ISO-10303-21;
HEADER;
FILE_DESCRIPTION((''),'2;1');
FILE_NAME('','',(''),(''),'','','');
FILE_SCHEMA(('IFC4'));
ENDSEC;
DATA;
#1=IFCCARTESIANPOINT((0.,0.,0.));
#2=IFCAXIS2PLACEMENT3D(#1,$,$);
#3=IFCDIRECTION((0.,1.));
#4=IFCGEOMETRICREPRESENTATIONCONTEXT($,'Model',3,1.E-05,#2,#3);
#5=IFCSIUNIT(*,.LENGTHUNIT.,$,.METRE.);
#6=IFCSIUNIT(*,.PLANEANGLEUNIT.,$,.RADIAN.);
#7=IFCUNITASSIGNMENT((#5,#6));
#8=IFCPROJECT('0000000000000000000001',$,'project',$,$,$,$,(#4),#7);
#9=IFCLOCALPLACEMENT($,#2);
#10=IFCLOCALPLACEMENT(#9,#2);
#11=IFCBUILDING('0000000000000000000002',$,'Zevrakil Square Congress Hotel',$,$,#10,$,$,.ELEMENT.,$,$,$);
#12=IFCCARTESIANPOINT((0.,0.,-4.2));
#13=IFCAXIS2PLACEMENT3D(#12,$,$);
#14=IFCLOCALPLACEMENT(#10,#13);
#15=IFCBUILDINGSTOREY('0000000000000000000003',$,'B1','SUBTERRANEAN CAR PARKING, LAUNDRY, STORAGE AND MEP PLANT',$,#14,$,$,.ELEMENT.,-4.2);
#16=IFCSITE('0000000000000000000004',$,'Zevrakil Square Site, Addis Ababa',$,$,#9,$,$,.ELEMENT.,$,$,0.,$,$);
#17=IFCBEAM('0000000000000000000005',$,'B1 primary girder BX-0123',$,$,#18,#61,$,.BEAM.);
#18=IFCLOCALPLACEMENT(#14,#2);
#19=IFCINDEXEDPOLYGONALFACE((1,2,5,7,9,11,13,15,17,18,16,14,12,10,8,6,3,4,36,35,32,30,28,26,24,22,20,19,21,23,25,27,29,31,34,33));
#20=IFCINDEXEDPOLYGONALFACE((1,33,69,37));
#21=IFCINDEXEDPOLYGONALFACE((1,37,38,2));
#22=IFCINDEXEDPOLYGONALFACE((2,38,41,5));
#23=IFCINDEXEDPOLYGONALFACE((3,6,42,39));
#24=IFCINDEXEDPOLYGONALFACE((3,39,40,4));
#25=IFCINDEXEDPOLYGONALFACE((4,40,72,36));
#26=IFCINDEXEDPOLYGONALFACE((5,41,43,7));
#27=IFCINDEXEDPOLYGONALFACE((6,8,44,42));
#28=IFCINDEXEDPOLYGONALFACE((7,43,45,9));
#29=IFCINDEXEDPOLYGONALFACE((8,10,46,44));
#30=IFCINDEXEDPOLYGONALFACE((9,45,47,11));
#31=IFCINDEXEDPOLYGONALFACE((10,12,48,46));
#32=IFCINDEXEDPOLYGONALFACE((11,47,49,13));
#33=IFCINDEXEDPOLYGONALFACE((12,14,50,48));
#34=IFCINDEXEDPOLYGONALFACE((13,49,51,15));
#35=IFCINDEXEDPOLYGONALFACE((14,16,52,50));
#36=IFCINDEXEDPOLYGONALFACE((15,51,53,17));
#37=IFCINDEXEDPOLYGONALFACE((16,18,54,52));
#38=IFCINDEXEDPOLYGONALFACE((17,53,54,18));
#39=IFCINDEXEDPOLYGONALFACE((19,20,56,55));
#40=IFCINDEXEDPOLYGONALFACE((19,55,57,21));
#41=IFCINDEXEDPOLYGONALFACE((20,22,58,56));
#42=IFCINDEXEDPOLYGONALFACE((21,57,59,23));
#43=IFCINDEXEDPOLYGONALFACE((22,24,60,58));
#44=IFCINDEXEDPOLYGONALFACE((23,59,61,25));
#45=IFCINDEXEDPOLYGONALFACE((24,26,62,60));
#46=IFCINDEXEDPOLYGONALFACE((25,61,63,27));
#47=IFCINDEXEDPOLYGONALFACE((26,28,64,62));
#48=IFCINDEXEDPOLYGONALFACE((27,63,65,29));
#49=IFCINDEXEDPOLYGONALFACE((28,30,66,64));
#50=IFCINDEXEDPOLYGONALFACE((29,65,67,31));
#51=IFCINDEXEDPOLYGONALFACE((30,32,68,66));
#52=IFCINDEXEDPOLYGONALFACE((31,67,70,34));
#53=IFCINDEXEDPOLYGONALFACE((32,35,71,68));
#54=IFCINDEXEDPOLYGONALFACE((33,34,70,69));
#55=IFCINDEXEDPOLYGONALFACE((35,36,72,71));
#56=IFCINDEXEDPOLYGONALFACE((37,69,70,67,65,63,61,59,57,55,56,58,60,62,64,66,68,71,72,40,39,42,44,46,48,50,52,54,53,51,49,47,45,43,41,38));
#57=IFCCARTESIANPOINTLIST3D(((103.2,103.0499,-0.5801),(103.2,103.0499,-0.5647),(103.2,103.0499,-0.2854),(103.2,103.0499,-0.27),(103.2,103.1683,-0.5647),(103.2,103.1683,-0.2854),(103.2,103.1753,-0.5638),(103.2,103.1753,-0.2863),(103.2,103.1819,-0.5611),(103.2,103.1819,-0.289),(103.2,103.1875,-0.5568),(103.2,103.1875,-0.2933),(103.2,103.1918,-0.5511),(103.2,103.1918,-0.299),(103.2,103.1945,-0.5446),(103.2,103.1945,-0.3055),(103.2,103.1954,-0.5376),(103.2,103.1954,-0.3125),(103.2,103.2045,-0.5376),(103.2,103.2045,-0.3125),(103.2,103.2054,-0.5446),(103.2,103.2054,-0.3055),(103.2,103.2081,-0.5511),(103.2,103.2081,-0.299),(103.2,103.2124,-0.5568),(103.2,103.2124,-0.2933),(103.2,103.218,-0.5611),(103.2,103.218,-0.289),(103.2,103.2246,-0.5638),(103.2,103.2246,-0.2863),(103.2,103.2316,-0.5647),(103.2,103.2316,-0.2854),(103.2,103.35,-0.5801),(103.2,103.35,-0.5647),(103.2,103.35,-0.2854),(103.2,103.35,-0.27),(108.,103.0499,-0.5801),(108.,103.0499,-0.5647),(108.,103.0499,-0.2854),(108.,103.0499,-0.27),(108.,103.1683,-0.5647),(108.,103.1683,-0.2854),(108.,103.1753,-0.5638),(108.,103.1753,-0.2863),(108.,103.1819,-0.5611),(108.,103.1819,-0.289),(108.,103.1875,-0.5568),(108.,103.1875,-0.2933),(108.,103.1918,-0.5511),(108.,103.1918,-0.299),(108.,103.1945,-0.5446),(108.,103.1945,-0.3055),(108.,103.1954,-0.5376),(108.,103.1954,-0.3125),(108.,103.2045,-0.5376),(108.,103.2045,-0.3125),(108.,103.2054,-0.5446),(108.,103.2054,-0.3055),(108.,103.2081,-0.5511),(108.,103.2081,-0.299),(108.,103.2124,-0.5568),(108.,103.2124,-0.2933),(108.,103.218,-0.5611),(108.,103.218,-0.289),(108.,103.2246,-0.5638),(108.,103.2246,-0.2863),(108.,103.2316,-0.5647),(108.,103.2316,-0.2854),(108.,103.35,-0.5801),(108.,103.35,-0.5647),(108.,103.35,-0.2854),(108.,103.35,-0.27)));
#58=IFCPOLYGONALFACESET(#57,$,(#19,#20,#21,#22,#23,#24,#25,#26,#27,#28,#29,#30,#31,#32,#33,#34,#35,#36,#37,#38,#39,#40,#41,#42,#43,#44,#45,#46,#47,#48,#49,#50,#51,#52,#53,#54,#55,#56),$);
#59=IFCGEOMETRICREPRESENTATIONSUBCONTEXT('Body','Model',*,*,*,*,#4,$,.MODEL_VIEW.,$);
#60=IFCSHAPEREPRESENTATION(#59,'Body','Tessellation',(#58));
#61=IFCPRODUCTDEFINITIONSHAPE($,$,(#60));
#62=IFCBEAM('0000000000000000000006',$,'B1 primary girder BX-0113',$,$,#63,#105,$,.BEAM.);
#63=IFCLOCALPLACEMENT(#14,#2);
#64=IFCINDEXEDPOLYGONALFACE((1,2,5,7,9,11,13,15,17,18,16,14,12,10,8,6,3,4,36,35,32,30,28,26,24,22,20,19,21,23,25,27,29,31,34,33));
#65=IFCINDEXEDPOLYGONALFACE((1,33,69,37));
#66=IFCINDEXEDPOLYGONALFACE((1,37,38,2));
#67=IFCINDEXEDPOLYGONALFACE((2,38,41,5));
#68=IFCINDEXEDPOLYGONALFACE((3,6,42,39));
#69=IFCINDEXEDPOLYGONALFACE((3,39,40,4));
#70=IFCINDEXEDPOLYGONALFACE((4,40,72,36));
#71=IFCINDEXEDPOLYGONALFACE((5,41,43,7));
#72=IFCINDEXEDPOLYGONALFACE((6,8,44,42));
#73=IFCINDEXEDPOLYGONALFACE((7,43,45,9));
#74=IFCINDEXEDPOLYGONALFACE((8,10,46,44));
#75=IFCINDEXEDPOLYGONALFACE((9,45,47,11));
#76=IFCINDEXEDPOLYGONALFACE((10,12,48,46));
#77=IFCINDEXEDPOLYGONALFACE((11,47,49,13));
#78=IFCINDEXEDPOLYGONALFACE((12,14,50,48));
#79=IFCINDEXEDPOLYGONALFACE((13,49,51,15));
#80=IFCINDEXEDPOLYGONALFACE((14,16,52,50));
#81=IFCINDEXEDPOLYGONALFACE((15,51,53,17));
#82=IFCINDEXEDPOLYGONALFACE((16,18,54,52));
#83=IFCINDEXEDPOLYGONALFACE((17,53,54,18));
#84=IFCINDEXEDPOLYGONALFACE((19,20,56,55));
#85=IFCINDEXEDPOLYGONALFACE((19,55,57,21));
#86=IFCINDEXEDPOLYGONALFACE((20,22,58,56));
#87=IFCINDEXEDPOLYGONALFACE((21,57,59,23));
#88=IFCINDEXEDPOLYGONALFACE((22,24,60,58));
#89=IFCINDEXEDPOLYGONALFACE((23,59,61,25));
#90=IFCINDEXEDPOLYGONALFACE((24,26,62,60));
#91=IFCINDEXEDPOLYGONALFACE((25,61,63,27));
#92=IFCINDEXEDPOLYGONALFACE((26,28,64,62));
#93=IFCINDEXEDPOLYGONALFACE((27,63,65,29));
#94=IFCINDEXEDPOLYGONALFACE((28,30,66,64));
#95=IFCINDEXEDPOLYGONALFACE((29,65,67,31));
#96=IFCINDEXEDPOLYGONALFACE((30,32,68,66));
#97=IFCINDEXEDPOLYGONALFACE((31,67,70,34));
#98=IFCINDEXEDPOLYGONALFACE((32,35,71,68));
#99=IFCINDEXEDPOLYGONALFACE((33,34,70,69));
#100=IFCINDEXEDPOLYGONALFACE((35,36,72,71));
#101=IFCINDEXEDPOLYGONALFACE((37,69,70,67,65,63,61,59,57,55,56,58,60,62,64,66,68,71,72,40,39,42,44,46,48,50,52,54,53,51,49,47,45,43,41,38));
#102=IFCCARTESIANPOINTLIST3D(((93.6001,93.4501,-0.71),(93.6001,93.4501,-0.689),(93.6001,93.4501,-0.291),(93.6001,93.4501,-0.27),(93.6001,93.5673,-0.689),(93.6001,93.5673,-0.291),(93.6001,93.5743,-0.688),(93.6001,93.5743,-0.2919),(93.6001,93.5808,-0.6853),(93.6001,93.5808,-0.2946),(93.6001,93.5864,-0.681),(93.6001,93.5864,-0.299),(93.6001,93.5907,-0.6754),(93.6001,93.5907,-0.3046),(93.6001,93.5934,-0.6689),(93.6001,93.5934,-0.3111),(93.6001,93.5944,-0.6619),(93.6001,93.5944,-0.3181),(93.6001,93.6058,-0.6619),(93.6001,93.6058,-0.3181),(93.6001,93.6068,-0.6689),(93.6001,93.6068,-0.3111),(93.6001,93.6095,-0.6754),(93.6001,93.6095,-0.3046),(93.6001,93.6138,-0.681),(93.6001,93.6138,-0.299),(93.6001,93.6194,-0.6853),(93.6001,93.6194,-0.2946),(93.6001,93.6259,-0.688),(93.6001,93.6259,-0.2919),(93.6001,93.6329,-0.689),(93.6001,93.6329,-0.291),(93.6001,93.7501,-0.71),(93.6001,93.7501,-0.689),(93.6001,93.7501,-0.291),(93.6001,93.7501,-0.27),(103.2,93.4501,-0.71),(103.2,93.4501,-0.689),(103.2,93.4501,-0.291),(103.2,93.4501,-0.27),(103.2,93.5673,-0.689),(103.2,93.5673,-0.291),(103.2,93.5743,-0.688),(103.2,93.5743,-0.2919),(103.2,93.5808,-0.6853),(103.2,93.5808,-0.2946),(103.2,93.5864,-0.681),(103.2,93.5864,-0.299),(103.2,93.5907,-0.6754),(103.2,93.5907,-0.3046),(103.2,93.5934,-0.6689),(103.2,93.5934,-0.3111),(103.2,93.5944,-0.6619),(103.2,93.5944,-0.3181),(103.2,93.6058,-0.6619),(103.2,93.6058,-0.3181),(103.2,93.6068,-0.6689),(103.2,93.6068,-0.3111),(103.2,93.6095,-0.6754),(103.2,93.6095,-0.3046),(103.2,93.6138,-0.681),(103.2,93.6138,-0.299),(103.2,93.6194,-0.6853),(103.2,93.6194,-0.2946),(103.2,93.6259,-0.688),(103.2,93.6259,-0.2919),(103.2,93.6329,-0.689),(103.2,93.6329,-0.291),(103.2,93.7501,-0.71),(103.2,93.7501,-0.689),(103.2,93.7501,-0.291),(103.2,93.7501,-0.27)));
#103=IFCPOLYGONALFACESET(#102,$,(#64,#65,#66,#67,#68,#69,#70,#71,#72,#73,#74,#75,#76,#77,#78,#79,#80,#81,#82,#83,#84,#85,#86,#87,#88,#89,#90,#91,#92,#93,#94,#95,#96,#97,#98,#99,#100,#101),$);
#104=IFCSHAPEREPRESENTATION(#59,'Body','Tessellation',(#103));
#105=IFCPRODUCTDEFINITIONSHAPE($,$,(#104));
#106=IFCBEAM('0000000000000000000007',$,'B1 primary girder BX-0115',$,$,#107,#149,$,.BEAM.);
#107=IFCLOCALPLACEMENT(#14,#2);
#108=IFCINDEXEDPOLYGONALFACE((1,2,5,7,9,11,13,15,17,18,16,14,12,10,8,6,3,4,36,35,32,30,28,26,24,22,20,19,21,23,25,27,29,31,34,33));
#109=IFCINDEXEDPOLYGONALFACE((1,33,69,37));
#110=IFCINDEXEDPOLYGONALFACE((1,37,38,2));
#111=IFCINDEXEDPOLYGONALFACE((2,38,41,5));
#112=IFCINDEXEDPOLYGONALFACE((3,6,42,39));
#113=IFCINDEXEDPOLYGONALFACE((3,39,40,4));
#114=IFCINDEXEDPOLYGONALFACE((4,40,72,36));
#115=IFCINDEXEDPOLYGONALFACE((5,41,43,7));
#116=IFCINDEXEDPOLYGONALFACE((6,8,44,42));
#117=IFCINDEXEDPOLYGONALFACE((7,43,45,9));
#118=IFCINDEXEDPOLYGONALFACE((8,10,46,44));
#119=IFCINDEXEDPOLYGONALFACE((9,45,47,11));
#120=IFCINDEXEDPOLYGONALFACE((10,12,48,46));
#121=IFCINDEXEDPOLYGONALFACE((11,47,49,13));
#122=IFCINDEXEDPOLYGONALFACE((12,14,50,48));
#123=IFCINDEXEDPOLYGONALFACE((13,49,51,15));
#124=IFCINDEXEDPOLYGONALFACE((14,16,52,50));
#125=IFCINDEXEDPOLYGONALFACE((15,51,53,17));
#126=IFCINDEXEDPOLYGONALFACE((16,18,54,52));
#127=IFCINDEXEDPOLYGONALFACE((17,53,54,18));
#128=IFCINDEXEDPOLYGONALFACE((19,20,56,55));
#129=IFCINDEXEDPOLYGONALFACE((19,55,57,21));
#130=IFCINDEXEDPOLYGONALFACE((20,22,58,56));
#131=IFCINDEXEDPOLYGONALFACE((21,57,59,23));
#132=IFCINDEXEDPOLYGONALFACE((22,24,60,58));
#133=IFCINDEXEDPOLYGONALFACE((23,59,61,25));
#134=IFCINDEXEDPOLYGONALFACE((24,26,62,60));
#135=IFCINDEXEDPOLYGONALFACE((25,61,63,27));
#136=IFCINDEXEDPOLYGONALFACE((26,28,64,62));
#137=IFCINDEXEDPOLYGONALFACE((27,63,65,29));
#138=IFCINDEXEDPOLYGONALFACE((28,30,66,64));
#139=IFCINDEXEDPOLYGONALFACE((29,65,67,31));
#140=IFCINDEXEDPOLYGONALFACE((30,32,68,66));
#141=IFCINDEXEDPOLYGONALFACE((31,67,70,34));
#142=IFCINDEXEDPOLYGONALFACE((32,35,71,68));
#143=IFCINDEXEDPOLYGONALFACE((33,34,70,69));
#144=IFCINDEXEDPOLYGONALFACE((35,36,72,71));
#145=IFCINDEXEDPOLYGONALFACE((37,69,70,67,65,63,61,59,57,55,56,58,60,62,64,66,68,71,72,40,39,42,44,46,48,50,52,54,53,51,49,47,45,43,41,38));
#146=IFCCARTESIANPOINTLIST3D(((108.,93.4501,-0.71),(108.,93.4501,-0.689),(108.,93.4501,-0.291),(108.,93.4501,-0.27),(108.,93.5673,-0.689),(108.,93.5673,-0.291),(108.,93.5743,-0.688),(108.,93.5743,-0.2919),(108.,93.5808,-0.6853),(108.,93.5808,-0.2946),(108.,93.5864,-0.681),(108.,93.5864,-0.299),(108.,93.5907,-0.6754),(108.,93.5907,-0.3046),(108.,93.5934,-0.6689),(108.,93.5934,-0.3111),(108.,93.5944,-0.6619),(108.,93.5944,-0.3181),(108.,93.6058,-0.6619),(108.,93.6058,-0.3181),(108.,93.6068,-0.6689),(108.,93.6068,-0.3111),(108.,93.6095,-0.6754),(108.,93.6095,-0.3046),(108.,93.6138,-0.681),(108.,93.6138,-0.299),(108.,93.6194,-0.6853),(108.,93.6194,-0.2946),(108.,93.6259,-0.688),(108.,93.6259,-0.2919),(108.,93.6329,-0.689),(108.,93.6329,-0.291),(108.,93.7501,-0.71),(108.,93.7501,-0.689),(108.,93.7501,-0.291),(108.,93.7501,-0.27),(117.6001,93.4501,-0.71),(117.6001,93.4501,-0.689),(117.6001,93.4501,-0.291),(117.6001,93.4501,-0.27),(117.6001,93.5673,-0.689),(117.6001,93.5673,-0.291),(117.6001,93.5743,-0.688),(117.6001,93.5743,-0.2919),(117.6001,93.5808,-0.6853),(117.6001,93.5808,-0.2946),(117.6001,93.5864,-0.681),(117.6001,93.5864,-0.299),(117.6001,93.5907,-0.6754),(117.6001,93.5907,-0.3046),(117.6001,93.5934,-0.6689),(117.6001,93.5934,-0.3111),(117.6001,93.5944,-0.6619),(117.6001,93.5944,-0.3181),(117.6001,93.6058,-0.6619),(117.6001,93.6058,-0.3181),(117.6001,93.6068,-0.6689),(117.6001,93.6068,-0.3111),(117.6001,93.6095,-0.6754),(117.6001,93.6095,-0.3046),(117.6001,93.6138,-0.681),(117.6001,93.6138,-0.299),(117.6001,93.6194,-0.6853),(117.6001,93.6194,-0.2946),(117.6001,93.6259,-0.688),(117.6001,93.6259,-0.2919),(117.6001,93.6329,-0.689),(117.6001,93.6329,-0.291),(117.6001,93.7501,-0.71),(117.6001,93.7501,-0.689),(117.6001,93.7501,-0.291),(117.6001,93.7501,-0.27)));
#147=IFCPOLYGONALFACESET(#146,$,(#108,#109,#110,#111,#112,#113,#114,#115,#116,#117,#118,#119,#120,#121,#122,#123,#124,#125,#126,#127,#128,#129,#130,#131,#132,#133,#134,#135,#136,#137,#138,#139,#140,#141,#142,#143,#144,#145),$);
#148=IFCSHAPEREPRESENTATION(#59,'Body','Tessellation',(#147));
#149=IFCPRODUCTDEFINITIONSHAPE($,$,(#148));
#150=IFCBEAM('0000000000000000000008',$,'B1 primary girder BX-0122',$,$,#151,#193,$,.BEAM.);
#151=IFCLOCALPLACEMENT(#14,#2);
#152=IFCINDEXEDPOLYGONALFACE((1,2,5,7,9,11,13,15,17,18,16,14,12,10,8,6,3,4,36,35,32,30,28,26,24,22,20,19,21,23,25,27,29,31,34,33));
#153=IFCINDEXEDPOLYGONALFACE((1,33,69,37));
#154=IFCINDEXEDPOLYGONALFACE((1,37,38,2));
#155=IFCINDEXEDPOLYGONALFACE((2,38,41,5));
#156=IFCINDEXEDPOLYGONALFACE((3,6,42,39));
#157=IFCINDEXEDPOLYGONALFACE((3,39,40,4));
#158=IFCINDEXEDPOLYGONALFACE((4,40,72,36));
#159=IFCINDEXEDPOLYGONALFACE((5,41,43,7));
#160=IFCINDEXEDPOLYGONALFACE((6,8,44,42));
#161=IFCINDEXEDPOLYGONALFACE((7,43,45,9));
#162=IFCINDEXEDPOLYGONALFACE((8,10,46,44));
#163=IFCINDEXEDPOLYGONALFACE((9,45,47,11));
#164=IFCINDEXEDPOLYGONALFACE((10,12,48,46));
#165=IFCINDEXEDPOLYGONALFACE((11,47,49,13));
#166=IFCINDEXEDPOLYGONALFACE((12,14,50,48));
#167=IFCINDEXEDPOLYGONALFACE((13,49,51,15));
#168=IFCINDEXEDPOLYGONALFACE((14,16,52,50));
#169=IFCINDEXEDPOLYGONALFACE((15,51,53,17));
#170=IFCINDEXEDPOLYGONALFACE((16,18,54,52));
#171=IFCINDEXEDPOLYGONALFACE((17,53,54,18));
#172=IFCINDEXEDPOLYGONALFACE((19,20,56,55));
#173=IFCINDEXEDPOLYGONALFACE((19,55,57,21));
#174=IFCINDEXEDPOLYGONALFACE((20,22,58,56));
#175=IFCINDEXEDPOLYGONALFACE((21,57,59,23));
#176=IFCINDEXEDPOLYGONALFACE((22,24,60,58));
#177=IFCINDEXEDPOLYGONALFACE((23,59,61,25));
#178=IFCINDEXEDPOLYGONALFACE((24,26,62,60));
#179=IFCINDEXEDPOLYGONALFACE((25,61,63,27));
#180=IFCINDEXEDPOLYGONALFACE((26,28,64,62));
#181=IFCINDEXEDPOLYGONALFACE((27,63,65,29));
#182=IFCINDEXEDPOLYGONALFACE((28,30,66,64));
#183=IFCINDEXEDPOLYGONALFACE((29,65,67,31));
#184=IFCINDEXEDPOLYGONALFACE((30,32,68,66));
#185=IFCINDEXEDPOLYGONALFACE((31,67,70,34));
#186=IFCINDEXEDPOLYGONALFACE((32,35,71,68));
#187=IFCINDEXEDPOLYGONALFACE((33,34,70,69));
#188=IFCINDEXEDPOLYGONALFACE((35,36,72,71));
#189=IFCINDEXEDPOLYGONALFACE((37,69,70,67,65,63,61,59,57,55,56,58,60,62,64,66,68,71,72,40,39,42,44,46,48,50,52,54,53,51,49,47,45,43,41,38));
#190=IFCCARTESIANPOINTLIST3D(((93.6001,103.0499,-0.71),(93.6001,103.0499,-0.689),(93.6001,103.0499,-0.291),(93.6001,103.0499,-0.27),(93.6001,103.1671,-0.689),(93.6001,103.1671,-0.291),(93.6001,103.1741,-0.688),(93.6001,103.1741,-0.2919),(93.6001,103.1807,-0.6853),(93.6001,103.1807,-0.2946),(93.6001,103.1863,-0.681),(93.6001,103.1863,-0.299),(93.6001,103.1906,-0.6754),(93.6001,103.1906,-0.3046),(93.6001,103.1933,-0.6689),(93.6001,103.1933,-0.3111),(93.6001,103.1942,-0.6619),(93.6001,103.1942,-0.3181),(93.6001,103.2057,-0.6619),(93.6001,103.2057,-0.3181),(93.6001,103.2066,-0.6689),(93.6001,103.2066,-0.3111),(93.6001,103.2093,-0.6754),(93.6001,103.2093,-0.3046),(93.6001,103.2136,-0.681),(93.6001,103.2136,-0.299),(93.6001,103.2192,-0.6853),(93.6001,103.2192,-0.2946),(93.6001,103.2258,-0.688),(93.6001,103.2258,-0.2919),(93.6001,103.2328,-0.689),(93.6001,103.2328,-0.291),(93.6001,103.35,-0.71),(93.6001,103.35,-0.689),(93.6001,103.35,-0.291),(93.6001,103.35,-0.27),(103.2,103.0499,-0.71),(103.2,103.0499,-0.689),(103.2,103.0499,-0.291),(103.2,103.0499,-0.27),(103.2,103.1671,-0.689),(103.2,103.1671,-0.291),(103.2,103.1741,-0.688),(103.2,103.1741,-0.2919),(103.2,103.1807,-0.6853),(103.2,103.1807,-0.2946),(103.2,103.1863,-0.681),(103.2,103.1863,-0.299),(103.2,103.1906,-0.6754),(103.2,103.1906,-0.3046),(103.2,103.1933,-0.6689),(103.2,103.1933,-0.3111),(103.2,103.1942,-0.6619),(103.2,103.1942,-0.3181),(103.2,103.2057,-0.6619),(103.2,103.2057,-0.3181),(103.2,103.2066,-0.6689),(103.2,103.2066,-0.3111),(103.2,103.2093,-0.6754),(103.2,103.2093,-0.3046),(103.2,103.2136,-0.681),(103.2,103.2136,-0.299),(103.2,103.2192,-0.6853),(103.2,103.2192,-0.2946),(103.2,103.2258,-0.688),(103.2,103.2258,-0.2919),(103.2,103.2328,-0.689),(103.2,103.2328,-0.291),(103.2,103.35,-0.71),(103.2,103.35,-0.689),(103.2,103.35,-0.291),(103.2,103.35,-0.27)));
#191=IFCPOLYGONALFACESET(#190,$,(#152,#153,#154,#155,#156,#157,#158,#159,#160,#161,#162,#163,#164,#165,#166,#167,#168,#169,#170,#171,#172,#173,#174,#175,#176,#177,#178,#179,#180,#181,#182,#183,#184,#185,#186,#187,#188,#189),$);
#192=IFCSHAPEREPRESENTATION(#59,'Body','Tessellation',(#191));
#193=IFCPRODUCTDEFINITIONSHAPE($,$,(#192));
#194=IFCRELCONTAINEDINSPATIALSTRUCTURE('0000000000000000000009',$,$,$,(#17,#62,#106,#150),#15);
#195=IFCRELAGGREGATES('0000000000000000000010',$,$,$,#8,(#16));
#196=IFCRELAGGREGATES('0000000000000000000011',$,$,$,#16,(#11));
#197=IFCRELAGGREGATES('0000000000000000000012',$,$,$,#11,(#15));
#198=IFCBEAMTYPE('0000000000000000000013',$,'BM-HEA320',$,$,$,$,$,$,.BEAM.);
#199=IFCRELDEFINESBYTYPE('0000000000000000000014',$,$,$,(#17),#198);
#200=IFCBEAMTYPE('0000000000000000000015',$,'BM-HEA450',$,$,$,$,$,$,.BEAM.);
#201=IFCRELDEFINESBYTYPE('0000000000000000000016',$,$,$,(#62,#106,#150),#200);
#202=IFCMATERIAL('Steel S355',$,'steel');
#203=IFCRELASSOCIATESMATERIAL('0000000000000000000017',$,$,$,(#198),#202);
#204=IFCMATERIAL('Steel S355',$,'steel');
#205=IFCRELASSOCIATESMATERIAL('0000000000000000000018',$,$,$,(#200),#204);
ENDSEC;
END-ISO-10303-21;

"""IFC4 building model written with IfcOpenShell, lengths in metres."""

from ifc_helpers import new_model, si_unit, direction, frame, origin, origin_2d, place, context, subcontext, project, spatial, i_section, extrude, material, material_profile, profile_set, type_object, element, save


model = new_model("IFC4")

# Units and contexts
model_context = context("Model", 3, precision=1e-05, world=origin(), true_north=direction((0.0, 1.0)))
body_context = subcontext(model_context, "Body", "Model", "MODEL_VIEW")
ifc_project = project(units=[si_unit("LENGTHUNIT", "METRE"), si_unit("PLANEANGLEUNIT", "RADIAN")], contexts=[model_context])

# Site, building, storey
site_placement = place(None, origin())
site = spatial("IfcSite", under=ifc_project, at=site_placement, Name="Zevrakil Square Site, Addis Ababa", CompositionType="ELEMENT", RefElevation=0.0)
building_placement = place(site_placement, origin())
building = spatial("IfcBuilding", under=site, at=building_placement, Name="Zevrakil Square Congress Hotel", CompositionType="ELEMENT")
storey_placement = place(building_placement, frame((0.0, 0.0, -4.2)))
storey = spatial("IfcBuildingStorey", under=building, at=storey_placement, Name="B1", Description="SUBTERRANEAN CAR PARKING, LAUNDRY, STORAGE AND MEP PLANT", CompositionType="ELEMENT", Elevation=-4.2)

# Beams
ifc_material_1 = material(Name="Steel S355", Category="steel")
ifc_material_profile_1 = material_profile(ifc_material_1, i_section(OverallWidth=0.3, OverallDepth=0.3101, WebThickness=0.009, FlangeThickness=0.0154, FilletRadius=0.0271, at=origin_2d()), Name="HEA 320")
ifc_profile_set_1 = profile_set([ifc_material_profile_1], Name="Steel S355")
beam_type_1 = type_object("IfcBeamType", Name="BM-HEA320", PredefinedType="BEAM", material=ifc_profile_set_1)
for number, where, z_axis, x_axis, name in (
    (1, (103.2, 103.2, -0.425), (1.0, 0.0, 0.0), (0.0, 1.0, 0.0), "B1 primary girder BX-0123"),
):
    element("IfcBeam", number, at=place(storey_placement, frame(where, z_axis=z_axis, x_axis=x_axis)), inside=storey, type_object=beam_type_1, Name=name, PredefinedType="BEAM", context=body_context, shape_type="SweptSolid", body=[
        extrude(i_section(OverallWidth=0.3, OverallDepth=0.3101, WebThickness=0.009, FlangeThickness=0.0154, FilletRadius=0.0271, at=origin_2d()), origin(), (0.0, 0.0, 1.0), 4.8),
    ])
ifc_material_2 = material(Name="Steel S355", Category="steel")
ifc_material_profile_2 = material_profile(ifc_material_2, i_section(OverallWidth=0.3, OverallDepth=0.4399, WebThickness=0.0115, FlangeThickness=0.021, FilletRadius=0.0271, at=origin_2d()), Name="HEA 450")
ifc_profile_set_2 = profile_set([ifc_material_profile_2], Name="Steel S355")
beam_type_2 = type_object("IfcBeamType", Name="BM-HEA450", PredefinedType="BEAM", material=ifc_profile_set_2)
beam_1_placement = place(storey_placement, frame((93.6001, 93.6001, -0.49), z_axis=(1.0, 0.0, 0.0), x_axis=(0.0, 1.0, 0.0)))
element("IfcBeam", 2, at=beam_1_placement, inside=storey, type_object=beam_type_2, Name="B1 primary girder BX-0113", PredefinedType="BEAM", context=body_context, shape_type="SweptSolid", body=[
    extrude(i_section(OverallWidth=0.3, OverallDepth=0.4399, WebThickness=0.0115, FlangeThickness=0.021, FilletRadius=0.0271, at=origin_2d()), origin(), (0.0, 0.0, 1.0), 9.5999),
])
beam_2_placement = place(storey_placement, frame((108.0, 93.6001, -0.49), z_axis=(1.0, 0.0, 0.0), x_axis=(0.0, 1.0, 0.0)))
element("IfcBeam", 3, at=beam_2_placement, inside=storey, type_object=beam_type_2, Name="B1 primary girder BX-0115", PredefinedType="BEAM", context=body_context, shape_type="SweptSolid", body=[
    extrude(i_section(OverallWidth=0.3, OverallDepth=0.4399, WebThickness=0.0115, FlangeThickness=0.021, FilletRadius=0.0271, at=origin_2d()), origin(), (0.0, 0.0, 1.0), 9.6001),
])
beam_3_placement = place(storey_placement, frame((93.6001, 103.2, -0.49), z_axis=(1.0, 0.0, 0.0), x_axis=(0.0, 1.0, 0.0)))
element("IfcBeam", 4, at=beam_3_placement, inside=storey, type_object=beam_type_2, Name="B1 primary girder BX-0122", PredefinedType="BEAM", context=body_context, shape_type="SweptSolid", body=[
    extrude(i_section(OverallWidth=0.3, OverallDepth=0.4399, WebThickness=0.0115, FlangeThickness=0.021, FilletRadius=0.0271, at=origin_2d()), origin(), (0.0, 0.0, 1.0), 9.5999),
])

save(model, "model.ifc")
